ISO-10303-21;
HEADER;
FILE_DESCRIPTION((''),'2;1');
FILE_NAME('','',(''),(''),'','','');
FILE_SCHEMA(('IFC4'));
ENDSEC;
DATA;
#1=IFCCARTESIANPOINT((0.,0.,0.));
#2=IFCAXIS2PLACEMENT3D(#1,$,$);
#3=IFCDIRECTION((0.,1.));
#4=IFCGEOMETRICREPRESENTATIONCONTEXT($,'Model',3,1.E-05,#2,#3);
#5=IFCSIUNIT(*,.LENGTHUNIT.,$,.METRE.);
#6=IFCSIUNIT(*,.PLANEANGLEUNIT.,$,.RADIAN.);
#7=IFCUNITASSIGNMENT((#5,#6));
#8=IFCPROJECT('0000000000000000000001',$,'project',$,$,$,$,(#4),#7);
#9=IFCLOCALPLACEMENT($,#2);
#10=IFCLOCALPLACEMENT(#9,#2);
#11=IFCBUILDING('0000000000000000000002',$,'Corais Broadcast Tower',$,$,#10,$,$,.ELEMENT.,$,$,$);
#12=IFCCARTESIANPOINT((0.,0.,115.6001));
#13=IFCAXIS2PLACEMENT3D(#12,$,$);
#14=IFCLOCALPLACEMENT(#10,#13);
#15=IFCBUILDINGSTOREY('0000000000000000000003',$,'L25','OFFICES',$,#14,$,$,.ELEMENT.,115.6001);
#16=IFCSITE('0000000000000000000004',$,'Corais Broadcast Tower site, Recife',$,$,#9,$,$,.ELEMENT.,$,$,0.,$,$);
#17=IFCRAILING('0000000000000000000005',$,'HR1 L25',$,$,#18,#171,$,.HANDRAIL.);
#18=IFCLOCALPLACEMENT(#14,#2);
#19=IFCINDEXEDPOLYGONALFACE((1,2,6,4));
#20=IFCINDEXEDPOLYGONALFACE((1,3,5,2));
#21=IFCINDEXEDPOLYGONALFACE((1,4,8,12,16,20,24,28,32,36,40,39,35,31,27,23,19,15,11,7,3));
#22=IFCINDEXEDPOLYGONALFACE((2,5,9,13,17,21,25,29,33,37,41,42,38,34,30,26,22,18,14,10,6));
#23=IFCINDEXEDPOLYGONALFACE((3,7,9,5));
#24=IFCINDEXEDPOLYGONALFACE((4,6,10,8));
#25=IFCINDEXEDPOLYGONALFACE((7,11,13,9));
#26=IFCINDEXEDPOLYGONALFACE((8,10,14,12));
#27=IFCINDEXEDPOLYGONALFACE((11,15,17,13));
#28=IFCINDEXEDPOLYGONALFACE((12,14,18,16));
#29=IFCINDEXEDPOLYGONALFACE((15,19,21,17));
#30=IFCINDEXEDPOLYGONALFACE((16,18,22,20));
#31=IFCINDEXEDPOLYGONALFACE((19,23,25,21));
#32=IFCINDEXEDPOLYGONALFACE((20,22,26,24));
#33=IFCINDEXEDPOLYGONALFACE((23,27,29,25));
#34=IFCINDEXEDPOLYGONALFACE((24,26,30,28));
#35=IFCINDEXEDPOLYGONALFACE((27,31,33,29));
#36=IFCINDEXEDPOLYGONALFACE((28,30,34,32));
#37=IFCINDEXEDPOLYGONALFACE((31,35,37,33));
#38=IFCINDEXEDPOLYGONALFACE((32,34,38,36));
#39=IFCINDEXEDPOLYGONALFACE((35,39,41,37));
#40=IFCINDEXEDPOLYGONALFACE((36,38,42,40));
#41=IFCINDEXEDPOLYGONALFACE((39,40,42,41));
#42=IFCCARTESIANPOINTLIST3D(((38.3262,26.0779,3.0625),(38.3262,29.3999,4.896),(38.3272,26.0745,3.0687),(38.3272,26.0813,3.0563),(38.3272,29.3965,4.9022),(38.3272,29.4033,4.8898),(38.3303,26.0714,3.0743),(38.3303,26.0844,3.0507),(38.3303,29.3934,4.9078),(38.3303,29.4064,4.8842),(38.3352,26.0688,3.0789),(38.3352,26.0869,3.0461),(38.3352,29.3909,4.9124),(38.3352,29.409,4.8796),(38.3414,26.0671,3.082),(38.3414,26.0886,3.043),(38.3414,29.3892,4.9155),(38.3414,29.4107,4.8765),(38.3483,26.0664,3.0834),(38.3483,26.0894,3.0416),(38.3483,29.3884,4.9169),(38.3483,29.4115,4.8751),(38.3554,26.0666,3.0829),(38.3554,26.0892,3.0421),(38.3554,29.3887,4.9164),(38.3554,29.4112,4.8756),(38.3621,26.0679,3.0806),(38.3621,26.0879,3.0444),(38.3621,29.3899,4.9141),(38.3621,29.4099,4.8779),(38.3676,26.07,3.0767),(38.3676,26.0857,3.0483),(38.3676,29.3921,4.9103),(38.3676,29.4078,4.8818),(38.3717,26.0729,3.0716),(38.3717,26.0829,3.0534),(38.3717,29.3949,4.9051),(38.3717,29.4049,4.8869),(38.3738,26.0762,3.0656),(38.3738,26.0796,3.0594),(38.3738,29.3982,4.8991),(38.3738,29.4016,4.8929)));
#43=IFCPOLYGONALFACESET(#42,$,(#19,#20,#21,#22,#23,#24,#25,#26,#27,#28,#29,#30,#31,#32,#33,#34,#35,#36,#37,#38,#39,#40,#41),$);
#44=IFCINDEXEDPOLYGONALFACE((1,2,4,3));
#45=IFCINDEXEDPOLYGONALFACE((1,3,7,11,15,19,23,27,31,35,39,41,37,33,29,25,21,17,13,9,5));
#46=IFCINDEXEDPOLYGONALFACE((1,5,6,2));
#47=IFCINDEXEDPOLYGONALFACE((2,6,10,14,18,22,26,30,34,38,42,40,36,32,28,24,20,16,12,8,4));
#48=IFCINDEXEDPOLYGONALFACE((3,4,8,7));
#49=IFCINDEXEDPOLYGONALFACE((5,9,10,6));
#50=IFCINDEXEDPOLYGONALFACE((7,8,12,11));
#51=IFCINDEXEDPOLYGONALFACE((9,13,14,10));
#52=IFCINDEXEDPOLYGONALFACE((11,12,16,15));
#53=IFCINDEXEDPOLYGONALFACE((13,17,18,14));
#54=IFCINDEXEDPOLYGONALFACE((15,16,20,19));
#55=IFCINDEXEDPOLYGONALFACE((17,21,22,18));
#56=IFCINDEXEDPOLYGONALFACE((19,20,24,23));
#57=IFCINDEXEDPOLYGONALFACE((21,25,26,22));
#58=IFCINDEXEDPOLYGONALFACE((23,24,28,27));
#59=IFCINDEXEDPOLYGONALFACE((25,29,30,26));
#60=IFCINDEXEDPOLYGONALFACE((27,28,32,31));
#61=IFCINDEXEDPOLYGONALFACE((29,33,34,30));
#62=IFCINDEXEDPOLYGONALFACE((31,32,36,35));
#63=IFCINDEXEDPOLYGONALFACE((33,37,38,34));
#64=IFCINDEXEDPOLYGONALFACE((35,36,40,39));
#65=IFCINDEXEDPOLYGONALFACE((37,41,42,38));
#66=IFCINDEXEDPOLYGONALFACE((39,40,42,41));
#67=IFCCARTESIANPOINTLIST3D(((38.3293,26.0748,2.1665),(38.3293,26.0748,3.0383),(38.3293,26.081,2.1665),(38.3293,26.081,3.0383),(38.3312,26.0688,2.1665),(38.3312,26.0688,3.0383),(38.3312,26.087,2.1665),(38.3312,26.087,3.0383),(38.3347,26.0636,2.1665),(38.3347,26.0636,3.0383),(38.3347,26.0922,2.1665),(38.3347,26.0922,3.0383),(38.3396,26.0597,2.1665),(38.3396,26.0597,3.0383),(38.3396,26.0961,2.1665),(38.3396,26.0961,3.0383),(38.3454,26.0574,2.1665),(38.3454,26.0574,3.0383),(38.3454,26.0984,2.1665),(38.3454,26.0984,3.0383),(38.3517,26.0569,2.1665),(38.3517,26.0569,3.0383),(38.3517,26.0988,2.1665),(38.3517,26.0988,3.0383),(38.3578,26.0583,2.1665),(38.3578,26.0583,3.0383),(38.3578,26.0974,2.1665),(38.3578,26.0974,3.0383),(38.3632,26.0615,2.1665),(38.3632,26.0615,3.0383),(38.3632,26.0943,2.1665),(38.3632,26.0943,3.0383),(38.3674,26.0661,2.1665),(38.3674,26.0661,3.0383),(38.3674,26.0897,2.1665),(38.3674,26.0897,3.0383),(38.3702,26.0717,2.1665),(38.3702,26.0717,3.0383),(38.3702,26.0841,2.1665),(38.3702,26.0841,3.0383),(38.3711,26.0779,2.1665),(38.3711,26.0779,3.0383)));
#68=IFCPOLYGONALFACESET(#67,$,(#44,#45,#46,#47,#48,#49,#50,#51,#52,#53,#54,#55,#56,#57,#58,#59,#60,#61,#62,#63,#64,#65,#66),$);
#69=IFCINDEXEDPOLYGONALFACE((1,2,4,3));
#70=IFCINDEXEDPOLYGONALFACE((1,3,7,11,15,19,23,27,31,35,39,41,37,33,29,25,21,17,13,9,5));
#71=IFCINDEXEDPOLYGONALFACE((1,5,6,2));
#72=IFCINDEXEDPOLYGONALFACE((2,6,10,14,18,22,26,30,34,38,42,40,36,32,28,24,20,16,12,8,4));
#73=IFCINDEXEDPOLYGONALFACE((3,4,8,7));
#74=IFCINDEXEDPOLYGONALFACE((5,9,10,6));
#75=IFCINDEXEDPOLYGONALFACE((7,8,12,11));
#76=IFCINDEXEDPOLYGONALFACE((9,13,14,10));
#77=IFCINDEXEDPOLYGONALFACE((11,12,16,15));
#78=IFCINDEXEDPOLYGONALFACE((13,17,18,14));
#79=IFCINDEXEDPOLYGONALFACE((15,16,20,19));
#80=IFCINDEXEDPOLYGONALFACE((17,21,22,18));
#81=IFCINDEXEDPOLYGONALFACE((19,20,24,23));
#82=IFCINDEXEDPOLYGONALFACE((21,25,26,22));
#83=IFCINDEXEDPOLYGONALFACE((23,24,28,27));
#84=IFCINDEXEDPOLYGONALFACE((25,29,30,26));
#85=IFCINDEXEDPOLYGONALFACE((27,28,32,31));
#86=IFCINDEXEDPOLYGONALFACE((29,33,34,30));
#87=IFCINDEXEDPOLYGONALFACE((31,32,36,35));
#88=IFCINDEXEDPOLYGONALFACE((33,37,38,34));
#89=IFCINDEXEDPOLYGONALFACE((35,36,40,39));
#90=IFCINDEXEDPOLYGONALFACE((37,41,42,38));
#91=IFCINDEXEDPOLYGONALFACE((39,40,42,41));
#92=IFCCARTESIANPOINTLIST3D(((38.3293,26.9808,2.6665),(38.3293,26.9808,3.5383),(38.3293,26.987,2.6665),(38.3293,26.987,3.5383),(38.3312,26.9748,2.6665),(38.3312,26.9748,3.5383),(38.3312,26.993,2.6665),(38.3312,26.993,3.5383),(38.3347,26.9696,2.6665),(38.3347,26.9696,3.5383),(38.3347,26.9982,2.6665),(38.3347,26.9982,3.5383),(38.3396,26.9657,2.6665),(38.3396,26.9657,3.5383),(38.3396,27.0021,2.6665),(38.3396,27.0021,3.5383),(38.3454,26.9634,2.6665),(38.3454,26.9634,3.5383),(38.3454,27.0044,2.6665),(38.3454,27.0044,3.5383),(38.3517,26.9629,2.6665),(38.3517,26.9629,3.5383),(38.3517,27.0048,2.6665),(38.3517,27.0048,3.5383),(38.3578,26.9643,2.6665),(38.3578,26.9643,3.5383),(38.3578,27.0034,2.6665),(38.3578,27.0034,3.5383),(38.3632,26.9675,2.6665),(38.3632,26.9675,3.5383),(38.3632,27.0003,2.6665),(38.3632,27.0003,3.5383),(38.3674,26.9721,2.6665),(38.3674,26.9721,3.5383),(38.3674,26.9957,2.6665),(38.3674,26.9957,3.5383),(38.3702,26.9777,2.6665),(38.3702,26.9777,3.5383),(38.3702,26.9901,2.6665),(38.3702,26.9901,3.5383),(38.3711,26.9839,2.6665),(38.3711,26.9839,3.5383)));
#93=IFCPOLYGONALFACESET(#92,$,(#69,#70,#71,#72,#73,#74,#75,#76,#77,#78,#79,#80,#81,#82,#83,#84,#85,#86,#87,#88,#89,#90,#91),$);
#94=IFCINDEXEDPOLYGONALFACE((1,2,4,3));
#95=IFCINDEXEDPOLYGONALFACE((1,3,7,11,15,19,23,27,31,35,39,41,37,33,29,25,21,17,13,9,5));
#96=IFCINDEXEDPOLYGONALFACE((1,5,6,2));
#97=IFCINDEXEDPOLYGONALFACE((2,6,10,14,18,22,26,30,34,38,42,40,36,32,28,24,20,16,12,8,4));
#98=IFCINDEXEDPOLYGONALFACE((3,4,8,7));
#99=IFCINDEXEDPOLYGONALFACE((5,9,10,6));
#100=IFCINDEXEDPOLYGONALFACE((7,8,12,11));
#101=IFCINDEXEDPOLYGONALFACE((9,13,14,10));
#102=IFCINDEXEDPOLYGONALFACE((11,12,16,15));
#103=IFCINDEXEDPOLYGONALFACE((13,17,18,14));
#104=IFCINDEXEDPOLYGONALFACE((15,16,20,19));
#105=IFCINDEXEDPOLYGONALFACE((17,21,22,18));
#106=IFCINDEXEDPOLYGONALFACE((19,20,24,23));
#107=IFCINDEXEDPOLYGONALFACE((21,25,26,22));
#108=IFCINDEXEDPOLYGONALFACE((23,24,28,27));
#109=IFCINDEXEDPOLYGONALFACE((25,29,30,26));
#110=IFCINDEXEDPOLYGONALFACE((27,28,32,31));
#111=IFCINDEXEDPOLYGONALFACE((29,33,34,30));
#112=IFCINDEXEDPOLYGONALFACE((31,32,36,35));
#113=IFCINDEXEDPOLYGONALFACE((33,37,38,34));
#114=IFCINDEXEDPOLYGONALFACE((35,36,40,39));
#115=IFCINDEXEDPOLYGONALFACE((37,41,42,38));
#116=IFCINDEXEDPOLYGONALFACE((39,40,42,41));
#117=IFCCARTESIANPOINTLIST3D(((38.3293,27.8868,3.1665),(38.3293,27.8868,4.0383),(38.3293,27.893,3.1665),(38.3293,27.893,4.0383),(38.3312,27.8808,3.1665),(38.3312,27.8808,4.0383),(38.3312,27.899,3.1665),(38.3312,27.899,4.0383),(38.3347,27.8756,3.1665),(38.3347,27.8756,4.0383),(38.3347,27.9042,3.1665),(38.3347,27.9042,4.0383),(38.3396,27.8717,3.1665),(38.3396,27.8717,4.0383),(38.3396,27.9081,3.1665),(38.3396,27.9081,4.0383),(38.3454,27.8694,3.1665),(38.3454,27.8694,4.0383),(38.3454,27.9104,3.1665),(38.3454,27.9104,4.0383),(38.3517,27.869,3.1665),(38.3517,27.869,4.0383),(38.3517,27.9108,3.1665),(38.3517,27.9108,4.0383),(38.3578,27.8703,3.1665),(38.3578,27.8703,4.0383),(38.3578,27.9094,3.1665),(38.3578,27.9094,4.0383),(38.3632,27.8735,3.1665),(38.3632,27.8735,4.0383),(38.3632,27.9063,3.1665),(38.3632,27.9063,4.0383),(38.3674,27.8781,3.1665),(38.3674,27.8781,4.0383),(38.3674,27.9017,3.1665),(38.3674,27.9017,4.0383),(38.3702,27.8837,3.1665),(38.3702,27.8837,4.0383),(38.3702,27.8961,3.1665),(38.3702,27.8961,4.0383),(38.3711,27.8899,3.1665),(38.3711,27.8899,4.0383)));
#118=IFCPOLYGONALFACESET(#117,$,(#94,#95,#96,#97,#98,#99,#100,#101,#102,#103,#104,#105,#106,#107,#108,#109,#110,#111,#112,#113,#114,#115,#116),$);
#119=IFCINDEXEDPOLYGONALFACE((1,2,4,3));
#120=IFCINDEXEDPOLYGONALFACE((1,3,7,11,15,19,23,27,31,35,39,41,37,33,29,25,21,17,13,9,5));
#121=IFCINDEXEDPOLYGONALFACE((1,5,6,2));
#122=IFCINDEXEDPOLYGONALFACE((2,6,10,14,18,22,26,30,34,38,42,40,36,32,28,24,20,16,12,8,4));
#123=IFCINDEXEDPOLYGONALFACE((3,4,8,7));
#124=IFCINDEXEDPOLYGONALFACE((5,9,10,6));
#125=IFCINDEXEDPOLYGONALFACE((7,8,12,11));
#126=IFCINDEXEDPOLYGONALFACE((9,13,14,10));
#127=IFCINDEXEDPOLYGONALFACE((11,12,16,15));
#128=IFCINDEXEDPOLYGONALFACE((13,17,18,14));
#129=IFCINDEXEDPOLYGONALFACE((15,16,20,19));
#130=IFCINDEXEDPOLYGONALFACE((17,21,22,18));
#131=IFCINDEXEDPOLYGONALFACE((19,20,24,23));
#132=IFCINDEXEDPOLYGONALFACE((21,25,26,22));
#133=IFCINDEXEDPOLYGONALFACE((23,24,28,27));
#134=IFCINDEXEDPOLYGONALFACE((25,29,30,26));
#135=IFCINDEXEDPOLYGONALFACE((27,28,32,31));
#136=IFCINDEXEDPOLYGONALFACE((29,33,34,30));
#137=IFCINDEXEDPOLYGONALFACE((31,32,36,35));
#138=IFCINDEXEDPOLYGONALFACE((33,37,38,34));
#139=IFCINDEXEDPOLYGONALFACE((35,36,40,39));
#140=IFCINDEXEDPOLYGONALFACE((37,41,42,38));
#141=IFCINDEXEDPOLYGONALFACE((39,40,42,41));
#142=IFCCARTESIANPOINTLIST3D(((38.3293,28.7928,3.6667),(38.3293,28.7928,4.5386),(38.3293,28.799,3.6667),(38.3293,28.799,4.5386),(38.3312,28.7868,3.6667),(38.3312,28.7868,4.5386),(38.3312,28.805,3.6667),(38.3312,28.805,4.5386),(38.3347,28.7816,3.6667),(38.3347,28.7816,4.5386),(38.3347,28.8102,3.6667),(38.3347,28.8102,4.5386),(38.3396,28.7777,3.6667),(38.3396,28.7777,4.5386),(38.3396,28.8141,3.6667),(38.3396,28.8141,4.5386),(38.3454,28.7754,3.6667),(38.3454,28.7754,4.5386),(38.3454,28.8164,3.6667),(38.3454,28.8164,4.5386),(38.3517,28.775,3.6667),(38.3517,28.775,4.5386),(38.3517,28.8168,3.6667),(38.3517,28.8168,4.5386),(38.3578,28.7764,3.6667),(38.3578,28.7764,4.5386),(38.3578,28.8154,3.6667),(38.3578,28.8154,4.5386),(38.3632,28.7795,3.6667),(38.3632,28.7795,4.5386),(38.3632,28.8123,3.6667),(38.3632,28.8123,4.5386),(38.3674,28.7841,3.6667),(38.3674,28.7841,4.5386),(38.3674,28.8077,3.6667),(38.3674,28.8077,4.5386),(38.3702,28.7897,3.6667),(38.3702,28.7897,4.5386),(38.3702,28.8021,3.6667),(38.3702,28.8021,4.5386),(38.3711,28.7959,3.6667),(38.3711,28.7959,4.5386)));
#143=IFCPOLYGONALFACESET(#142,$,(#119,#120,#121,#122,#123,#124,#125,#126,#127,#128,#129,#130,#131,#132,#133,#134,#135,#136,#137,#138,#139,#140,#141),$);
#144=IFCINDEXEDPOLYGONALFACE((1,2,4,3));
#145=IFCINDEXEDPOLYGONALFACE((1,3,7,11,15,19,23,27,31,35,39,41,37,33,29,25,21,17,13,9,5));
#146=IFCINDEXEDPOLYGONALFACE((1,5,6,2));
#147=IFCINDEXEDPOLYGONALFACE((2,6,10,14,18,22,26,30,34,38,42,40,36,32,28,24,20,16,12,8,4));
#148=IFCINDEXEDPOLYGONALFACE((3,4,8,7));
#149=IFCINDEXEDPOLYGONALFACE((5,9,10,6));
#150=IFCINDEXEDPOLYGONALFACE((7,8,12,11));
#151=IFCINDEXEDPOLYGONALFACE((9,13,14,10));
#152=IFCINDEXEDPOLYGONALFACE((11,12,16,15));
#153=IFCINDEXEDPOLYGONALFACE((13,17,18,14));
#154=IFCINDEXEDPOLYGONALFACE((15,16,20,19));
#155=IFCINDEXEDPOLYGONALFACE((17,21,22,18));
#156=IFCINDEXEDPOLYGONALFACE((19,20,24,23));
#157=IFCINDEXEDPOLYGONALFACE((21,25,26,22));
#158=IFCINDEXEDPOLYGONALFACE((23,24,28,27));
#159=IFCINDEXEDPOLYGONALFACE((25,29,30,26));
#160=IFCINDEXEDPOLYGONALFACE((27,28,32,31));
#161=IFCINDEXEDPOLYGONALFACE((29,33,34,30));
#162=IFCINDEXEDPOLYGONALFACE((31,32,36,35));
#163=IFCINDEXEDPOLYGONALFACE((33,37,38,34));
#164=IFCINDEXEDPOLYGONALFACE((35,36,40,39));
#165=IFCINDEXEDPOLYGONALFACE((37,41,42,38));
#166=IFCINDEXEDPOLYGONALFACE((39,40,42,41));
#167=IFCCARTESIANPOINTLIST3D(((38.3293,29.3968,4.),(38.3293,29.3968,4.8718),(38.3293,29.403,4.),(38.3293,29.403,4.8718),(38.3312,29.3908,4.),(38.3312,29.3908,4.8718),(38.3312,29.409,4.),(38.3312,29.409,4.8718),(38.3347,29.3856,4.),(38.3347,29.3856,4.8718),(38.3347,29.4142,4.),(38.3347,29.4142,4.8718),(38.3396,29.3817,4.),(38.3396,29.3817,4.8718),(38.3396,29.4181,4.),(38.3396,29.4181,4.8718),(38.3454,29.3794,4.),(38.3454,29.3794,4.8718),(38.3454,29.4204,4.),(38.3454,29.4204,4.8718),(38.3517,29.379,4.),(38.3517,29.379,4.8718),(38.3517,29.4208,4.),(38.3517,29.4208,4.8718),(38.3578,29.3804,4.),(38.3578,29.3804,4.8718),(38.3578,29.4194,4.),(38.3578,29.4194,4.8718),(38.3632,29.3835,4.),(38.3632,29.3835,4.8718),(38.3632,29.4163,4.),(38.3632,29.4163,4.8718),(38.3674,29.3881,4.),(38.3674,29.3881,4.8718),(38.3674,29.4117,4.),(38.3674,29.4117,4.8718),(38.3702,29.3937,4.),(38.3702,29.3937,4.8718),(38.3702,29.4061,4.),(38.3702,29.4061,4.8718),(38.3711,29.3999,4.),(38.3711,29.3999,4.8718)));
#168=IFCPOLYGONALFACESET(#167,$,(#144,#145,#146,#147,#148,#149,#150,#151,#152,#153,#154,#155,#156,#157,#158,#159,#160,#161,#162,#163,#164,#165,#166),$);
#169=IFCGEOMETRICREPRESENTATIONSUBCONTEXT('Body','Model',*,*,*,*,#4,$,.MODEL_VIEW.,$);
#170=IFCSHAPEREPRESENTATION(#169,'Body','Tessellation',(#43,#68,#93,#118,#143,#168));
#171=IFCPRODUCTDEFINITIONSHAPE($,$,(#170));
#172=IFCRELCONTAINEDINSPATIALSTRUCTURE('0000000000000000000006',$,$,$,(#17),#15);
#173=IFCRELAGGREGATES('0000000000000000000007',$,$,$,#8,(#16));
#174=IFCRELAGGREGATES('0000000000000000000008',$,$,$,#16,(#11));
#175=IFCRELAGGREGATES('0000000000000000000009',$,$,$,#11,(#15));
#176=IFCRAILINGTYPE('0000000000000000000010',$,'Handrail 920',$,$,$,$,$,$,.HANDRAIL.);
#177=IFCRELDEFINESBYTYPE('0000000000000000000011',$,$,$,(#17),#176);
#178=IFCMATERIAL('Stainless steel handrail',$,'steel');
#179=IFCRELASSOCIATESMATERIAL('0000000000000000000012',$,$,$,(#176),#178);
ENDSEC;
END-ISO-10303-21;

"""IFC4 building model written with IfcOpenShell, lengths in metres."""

from ifc_helpers import new_model, si_unit, direction, frame, origin, origin_2d, place, context, subcontext, project, spatial, circle, extrude, material, type_object, element, save


model = new_model("IFC4")

# Units and contexts
model_context = context("Model", 3, precision=1e-05, world=origin(), true_north=direction((0.0, 1.0)))
body_context = subcontext(model_context, "Body", "Model", "MODEL_VIEW")
ifc_project = project(units=[si_unit("LENGTHUNIT", "METRE"), si_unit("PLANEANGLEUNIT", "RADIAN")], contexts=[model_context])

# Site, building, storey
site_placement = place(None, origin())
site = spatial("IfcSite", under=ifc_project, at=site_placement, Name="Corais Broadcast Tower site, Recife", CompositionType="ELEMENT", RefElevation=0.0)
building_placement = place(site_placement, origin())
building = spatial("IfcBuilding", under=site, at=building_placement, Name="Corais Broadcast Tower", CompositionType="ELEMENT")
storey_placement = place(building_placement, frame((0.0, 0.0, 115.6001)))
storey = spatial("IfcBuildingStorey", under=building, at=storey_placement, Name="L25", Description="OFFICES", CompositionType="ELEMENT", Elevation=115.6001)

# Railing
ifc_material_1 = material(Name="Stainless steel handrail", Category="steel")
railing_type = type_object("IfcRailingType", Name="Handrail 920", PredefinedType="HANDRAIL", material=ifc_material_1)
for number, where, name in (
    (1, (38.3501, 26.0779, 2.1665), "HR1 L25"),
):
    element("IfcRailing", number, at=place(storey_placement, frame(where)), inside=storey, type_object=railing_type, Name=name, PredefinedType="HANDRAIL", context=body_context, shape_type="SweptSolid", body=[
        extrude(circle(Radius=0.0239, at=origin_2d()), frame((0.0, 0.0, 0.896), z_axis=(0.0, 0.875504, 0.48321), x_axis=(-1.0, 0.0, 0.0)), (0.0, 0.0, 1.0), 3.7944),
        extrude(circle(Radius=0.021, at=origin_2d()), origin(), (0.0, 0.0, 1.0), 0.8718),
        extrude(circle(Radius=0.021, at=origin_2d()), frame((0.0, 0.906, 0.5)), (0.0, 0.0, 1.0), 0.8718),
        extrude(circle(Radius=0.021, at=origin_2d()), frame((0.0, 1.812, 1.0)), (0.0, 0.0, 1.0), 0.8718),
        extrude(circle(Radius=0.021, at=origin_2d()), frame((0.0, 2.718, 1.5002)), (0.0, 0.0, 1.0), 0.8718),
        extrude(circle(Radius=0.021, at=origin_2d()), frame((0.0, 3.322, 1.8335)), (0.0, 0.0, 1.0), 0.8718),
    ])

save(model, "model.ifc")
